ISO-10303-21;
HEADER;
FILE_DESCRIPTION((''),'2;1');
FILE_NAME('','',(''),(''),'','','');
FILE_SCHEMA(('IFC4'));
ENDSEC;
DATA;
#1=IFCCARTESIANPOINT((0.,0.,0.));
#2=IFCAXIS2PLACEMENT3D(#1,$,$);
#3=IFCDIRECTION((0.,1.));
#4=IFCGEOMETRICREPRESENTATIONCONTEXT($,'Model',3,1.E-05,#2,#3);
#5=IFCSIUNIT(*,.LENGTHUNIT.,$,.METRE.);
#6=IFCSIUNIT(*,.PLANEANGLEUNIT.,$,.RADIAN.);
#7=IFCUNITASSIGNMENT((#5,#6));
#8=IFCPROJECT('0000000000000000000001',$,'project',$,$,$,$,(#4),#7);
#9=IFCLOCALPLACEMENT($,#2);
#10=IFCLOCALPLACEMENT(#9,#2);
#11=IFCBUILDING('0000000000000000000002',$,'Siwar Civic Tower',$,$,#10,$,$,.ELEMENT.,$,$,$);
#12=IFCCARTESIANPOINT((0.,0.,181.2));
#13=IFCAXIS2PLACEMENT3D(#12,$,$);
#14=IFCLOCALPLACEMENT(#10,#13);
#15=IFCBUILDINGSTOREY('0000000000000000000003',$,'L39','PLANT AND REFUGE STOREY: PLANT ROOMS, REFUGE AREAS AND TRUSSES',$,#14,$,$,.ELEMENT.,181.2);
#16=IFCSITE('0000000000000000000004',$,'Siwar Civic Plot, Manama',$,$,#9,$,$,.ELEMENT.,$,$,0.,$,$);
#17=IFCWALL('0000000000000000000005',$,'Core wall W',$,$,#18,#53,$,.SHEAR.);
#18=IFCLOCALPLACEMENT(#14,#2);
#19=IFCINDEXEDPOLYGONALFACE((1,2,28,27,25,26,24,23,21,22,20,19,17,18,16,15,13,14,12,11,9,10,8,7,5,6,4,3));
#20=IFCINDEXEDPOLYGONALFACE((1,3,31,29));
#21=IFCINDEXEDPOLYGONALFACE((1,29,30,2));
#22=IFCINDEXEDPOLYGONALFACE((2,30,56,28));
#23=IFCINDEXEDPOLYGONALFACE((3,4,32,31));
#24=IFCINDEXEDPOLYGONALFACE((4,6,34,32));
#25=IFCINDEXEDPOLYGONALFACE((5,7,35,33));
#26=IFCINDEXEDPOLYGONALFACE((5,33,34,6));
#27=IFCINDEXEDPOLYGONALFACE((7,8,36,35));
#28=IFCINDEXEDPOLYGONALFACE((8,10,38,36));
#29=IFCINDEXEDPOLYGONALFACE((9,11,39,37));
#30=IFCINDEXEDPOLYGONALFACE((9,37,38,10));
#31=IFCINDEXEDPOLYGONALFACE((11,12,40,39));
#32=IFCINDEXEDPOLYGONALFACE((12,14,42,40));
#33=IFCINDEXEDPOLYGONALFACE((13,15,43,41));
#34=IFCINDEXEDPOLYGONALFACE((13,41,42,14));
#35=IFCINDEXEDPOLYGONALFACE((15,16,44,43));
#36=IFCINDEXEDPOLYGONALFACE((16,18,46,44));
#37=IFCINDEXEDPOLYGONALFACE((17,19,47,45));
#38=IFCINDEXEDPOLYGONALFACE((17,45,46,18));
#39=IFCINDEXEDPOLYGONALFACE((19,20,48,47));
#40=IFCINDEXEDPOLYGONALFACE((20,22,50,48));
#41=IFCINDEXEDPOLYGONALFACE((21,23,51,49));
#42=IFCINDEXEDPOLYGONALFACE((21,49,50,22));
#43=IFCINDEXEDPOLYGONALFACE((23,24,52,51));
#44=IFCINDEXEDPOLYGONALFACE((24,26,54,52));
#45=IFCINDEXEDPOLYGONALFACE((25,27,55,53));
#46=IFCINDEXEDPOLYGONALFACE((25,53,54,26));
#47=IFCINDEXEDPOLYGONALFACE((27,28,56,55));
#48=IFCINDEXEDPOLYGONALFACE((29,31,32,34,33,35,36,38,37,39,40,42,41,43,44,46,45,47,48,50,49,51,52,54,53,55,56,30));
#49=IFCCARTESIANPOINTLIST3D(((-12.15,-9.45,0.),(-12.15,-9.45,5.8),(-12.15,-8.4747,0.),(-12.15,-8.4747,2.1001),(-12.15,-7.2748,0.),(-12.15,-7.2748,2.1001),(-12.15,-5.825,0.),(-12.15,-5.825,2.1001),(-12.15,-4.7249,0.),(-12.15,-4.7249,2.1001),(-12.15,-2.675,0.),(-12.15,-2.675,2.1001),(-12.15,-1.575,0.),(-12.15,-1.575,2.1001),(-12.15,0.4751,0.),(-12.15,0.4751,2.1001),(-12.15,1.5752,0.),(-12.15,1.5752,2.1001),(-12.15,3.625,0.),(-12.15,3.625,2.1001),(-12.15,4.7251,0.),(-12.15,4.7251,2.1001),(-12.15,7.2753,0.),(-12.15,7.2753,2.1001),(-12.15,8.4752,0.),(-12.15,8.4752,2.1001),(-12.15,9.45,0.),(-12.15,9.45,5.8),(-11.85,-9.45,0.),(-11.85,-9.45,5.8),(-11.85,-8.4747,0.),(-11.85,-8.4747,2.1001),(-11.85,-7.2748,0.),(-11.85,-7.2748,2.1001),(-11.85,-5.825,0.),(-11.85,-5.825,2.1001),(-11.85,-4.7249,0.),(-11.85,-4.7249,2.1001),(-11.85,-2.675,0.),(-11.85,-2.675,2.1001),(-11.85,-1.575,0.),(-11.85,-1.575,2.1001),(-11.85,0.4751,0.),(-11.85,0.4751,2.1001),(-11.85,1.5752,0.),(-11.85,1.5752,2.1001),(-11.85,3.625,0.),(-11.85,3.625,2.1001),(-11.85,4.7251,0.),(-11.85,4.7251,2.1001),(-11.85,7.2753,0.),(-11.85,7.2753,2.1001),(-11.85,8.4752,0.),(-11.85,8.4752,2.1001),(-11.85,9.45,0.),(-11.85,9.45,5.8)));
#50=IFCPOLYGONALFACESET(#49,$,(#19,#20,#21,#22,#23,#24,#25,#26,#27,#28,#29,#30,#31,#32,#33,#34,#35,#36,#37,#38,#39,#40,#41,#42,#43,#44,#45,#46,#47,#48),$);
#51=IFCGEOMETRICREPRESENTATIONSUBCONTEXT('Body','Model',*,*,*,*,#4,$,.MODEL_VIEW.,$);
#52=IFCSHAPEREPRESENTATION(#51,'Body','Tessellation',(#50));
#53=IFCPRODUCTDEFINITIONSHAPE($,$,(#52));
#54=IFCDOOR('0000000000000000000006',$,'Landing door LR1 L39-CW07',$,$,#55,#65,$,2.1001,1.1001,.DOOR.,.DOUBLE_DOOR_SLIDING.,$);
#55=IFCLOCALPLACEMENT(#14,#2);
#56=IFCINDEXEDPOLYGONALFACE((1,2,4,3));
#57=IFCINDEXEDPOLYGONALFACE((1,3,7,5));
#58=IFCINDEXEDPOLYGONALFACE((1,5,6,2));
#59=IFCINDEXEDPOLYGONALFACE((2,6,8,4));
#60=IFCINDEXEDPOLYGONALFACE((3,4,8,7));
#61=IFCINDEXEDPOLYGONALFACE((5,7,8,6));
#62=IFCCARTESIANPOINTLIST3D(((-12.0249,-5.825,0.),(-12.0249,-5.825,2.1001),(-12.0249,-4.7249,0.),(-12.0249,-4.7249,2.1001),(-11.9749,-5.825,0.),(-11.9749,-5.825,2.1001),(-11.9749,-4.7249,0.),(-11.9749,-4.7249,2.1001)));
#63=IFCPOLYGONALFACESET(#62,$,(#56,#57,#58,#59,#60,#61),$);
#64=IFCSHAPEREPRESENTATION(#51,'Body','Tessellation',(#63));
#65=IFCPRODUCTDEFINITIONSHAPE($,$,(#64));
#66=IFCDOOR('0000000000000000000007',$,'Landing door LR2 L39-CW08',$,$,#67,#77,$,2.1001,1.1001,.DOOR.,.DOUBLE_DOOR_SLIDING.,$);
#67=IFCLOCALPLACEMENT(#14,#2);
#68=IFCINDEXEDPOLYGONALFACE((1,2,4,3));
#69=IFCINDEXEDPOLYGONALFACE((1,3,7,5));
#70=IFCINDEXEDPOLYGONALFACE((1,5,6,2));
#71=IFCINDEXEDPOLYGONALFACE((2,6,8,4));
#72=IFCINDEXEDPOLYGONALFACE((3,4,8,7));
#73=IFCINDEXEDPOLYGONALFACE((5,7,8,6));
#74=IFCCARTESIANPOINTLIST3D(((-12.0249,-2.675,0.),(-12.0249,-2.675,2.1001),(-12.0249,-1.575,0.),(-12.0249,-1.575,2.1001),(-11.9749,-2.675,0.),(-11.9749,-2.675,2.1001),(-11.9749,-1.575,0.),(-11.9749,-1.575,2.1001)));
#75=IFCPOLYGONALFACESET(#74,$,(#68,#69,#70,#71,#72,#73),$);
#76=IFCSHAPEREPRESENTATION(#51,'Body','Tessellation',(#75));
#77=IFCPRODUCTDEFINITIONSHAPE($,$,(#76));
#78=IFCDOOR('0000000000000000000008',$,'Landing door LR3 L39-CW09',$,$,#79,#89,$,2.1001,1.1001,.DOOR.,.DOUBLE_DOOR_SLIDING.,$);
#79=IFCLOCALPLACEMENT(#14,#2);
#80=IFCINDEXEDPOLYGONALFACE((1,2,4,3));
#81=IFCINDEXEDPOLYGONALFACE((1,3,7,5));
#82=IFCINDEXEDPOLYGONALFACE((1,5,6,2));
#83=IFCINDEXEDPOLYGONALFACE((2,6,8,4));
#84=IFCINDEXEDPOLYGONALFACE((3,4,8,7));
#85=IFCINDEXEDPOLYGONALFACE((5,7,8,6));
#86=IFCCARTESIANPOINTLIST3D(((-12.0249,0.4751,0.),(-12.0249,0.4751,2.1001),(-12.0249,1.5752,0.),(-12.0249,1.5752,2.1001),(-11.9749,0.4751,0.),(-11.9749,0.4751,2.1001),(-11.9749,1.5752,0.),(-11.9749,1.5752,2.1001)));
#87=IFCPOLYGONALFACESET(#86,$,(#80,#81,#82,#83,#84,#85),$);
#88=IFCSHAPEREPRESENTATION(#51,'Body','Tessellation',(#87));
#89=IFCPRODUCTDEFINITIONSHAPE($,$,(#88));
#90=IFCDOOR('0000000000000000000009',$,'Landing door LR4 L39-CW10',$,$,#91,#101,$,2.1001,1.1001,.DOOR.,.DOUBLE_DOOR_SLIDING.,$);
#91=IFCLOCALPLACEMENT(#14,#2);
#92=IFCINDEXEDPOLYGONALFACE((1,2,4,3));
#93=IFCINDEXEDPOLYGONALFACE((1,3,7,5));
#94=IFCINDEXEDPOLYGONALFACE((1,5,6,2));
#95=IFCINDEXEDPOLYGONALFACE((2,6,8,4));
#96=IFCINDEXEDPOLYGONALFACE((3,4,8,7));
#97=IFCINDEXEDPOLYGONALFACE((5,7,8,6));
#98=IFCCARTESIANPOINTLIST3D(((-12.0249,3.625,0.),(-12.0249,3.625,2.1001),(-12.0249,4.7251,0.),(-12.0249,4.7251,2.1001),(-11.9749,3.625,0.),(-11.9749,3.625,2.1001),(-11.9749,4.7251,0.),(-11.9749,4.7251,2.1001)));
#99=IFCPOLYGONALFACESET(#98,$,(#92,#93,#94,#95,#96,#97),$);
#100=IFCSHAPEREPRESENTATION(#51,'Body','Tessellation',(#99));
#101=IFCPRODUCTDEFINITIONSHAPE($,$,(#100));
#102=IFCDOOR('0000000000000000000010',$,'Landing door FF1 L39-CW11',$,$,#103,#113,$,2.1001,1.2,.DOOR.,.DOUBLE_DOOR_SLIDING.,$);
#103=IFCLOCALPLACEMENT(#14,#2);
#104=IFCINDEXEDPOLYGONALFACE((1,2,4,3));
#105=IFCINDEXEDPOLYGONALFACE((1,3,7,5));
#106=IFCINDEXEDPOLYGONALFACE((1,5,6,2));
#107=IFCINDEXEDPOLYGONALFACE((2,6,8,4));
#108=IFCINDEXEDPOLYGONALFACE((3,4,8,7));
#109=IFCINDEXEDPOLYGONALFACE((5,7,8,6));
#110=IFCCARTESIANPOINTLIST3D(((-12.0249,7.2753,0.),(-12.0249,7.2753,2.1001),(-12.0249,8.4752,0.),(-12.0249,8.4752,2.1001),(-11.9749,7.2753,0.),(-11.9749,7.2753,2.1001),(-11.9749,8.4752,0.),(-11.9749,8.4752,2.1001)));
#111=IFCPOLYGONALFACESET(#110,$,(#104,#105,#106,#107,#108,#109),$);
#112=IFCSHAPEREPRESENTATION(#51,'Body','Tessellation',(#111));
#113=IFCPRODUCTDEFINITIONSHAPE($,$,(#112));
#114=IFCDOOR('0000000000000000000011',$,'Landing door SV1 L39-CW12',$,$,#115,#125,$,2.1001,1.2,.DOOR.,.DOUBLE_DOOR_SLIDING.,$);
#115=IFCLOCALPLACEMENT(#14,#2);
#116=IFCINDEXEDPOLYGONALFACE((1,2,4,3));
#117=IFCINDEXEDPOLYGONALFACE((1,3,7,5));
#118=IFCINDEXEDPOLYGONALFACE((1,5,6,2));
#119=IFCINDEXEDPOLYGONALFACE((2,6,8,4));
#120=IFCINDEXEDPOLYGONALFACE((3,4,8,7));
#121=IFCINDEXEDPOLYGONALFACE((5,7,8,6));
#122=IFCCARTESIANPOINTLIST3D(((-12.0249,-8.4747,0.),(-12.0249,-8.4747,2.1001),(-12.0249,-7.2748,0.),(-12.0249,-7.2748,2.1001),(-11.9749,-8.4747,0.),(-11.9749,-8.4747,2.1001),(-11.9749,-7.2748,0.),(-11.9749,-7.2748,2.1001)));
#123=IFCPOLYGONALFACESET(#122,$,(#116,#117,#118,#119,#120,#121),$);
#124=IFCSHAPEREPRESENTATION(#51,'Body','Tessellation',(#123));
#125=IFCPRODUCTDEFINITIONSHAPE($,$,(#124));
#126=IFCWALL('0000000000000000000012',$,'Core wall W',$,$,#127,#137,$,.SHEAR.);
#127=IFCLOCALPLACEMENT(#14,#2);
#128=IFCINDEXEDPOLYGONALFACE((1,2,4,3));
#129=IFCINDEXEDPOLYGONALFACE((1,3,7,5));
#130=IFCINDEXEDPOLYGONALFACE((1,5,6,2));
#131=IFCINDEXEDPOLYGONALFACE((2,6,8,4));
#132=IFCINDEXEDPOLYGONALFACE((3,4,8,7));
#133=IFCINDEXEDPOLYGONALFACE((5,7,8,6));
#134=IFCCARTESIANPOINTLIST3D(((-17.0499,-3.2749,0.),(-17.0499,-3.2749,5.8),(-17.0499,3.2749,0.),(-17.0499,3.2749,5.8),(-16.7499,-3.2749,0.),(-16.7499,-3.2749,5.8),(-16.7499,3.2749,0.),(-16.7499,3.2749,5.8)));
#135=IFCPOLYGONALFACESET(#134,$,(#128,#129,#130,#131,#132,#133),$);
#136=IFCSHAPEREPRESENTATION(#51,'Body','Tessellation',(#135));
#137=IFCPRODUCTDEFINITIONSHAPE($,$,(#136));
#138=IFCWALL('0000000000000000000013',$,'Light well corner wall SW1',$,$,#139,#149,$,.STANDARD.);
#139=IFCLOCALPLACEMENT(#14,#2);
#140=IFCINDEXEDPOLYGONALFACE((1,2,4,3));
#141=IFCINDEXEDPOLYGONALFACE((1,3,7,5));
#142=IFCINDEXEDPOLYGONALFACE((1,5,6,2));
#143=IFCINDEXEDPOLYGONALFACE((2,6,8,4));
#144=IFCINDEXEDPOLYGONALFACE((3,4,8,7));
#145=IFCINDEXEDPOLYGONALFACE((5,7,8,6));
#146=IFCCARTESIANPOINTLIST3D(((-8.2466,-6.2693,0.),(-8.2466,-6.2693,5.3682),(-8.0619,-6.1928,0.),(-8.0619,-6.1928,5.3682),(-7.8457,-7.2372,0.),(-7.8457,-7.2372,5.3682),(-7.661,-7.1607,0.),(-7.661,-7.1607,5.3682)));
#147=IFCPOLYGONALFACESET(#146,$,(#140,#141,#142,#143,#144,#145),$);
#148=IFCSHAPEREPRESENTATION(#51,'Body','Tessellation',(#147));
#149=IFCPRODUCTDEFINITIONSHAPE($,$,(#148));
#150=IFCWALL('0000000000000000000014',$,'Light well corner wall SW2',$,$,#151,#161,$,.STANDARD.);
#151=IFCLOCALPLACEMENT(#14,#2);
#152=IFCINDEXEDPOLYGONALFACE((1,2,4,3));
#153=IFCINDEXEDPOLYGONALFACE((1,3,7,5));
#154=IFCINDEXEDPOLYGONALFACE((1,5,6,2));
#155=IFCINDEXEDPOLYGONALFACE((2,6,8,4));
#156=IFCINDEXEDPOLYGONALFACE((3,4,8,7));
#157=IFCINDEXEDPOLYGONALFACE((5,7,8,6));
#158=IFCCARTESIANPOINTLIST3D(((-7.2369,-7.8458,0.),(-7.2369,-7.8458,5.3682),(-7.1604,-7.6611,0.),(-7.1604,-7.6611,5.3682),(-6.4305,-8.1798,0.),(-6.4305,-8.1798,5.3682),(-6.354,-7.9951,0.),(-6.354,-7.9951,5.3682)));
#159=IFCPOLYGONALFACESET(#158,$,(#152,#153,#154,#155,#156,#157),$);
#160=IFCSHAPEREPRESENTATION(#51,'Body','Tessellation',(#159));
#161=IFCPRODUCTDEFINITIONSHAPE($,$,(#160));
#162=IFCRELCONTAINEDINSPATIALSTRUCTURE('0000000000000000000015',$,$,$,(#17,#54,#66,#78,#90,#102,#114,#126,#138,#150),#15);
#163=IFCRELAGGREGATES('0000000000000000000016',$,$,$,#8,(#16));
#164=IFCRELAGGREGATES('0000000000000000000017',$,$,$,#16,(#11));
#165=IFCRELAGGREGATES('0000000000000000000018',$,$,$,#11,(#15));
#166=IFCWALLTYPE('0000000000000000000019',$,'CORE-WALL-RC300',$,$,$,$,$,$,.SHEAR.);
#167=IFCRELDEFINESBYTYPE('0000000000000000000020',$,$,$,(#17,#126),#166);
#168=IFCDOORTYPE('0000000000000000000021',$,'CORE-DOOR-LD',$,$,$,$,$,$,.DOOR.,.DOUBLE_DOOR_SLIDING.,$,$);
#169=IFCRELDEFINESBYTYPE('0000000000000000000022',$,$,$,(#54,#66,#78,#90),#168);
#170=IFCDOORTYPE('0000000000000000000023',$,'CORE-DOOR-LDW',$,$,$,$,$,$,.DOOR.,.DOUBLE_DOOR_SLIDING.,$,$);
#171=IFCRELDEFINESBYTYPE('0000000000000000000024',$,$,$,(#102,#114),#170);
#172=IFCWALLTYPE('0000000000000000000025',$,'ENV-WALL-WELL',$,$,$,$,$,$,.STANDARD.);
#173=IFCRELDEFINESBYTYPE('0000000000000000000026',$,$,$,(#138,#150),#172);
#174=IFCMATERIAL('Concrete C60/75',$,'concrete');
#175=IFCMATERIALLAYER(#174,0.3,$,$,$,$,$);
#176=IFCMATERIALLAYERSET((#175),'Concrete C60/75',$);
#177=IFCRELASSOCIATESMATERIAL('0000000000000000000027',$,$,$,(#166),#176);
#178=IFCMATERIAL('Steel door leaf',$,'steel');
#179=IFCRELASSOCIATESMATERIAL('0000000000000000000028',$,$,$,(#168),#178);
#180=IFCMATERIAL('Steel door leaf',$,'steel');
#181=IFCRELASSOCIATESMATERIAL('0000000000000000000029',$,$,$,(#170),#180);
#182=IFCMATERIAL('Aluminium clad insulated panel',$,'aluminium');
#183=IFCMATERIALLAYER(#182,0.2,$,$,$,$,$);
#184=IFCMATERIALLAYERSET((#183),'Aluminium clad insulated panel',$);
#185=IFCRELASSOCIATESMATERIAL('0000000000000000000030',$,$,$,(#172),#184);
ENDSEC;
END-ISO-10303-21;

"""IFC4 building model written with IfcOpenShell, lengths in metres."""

from ifc_helpers import new_model, si_unit, direction, frame, frame_2d, origin, place, context, subcontext, project, spatial, rectangle, extrude, material, layer, layer_set, type_object, element, fill, save


model = new_model("IFC4")

# Units and contexts
model_context = context("Model", 3, precision=1e-05, world=origin(), true_north=direction((0.0, 1.0)))
body_context = subcontext(model_context, "Body", "Model", "MODEL_VIEW")
ifc_project = project(units=[si_unit("LENGTHUNIT", "METRE"), si_unit("PLANEANGLEUNIT", "RADIAN")], contexts=[model_context])

# Site, building, storey
site_placement = place(None, origin())
site = spatial("IfcSite", under=ifc_project, at=site_placement, Name="Siwar Civic Plot, Manama", CompositionType="ELEMENT", RefElevation=0.0)
building_placement = place(site_placement, origin())
building = spatial("IfcBuilding", under=site, at=building_placement, Name="Siwar Civic Tower", CompositionType="ELEMENT")
storey_placement = place(building_placement, frame((0.0, 0.0, 181.2)))
storey = spatial("IfcBuildingStorey", under=building, at=storey_placement, Name="L39", Description="PLANT AND REFUGE STOREY: PLANT ROOMS, REFUGE AREAS AND TRUSSES", CompositionType="ELEMENT", Elevation=181.2)

# Wall, openings, doors
ifc_material_1 = material(Name="Concrete C60/75", Category="concrete")
ifc_layer_1 = layer(ifc_material_1, 0.3)
ifc_layer_set_1 = layer_set([ifc_layer_1], Name="Concrete C60/75")
wall_type_1 = type_object("IfcWallType", Name="CORE-WALL-RC300", PredefinedType="SHEAR", material=ifc_layer_set_1)
wall_1_placement = place(storey_placement, frame((-12.0, -9.45, 0.0), z_axis=(0.0, 0.0, 1.0), x_axis=(0.0, 1.0, 0.0)))
wall_1 = element("IfcWall", 1, at=wall_1_placement, inside=storey, type_object=wall_type_1, Name="Core wall W", PredefinedType="SHEAR", context=body_context, shape_type="SweptSolid", body=[
    extrude(rectangle(XDim=18.8999, YDim=0.3, at=frame_2d((9.45, 0.0))), origin(), (0.0, 0.0, 1.0), 5.8),
])
opening_1_placement = place(wall_1_placement, frame((3.625, 0.0, 0.0)))
opening_1 = element("IfcOpeningElement", 2, at=opening_1_placement, cuts=wall_1, PredefinedType="OPENING", context=body_context, shape_type="SweptSolid", body=[
    extrude(rectangle(XDim=1.1001, YDim=2.1001, at=frame_2d((0.55, 1.05))), frame((0.0, 0.1602, 0.0), z_axis=(0.0, -1.0, 0.0), x_axis=(1.0, 0.0, 0.0)), (0.0, 0.0, 1.0), 0.3201),
])
opening_2_placement = place(wall_1_placement, frame((6.7749, 0.0, 0.0)))
opening_2 = element("IfcOpeningElement", 3, at=opening_2_placement, cuts=wall_1, PredefinedType="OPENING", context=body_context, shape_type="SweptSolid", body=[
    extrude(rectangle(XDim=1.1001, YDim=2.1001, at=frame_2d((0.55, 1.05))), frame((0.0, 0.1602, 0.0), z_axis=(0.0, -1.0, 0.0), x_axis=(1.0, 0.0, 0.0)), (0.0, 0.0, 1.0), 0.3201),
])
opening_3_placement = place(wall_1_placement, frame((9.925, 0.0, 0.0)))
opening_3 = element("IfcOpeningElement", 4, at=opening_3_placement, cuts=wall_1, PredefinedType="OPENING", context=body_context, shape_type="SweptSolid", body=[
    extrude(rectangle(XDim=1.1001, YDim=2.1001, at=frame_2d((0.55, 1.05))), frame((0.0, 0.1602, 0.0), z_axis=(0.0, -1.0, 0.0), x_axis=(1.0, 0.0, 0.0)), (0.0, 0.0, 1.0), 0.3201),
])
opening_4_placement = place(wall_1_placement, frame((13.075, 0.0, 0.0)))
opening_4 = element("IfcOpeningElement", 5, at=opening_4_placement, cuts=wall_1, PredefinedType="OPENING", context=body_context, shape_type="SweptSolid", body=[
    extrude(rectangle(XDim=1.1001, YDim=2.1001, at=frame_2d((0.55, 1.05))), frame((0.0, 0.1602, 0.0), z_axis=(0.0, -1.0, 0.0), x_axis=(1.0, 0.0, 0.0)), (0.0, 0.0, 1.0), 0.3201),
])
opening_5_placement = place(wall_1_placement, frame((16.7251, 0.0, 0.0)))
opening_5 = element("IfcOpeningElement", 6, at=opening_5_placement, cuts=wall_1, PredefinedType="OPENING", context=body_context, shape_type="SweptSolid", body=[
    extrude(rectangle(XDim=1.2, YDim=2.1001, at=frame_2d((0.6001, 1.05))), frame((0.0, 0.1602, 0.0), z_axis=(0.0, -1.0, 0.0), x_axis=(1.0, 0.0, 0.0)), (0.0, 0.0, 1.0), 0.3201),
])
opening_6_placement = place(wall_1_placement, frame((0.9751, 0.0, 0.0)))
opening_6 = element("IfcOpeningElement", 7, at=opening_6_placement, cuts=wall_1, PredefinedType="OPENING", context=body_context, shape_type="SweptSolid", body=[
    extrude(rectangle(XDim=1.2, YDim=2.1001, at=frame_2d((0.6001, 1.05))), frame((0.0, 0.1602, 0.0), z_axis=(0.0, -1.0, 0.0), x_axis=(1.0, 0.0, 0.0)), (0.0, 0.0, 1.0), 0.3201),
])
ifc_material_2 = material(Name="Steel door leaf", Category="steel")
door_type_1 = type_object("IfcDoorType", Name="CORE-DOOR-LD", OperationType="DOUBLE_DOOR_SLIDING", PredefinedType="DOOR", material=ifc_material_2)
door_1_placement = place(opening_1_placement, origin())
door_1 = element("IfcDoor", 8, at=door_1_placement, inside=storey, type_object=door_type_1, Name="Landing door LR1 L39-CW07", OperationType="DOUBLE_DOOR_SLIDING", OverallHeight=2.1001, OverallWidth=1.1001, PredefinedType="DOOR", context=body_context, shape_type="SweptSolid", body=[
    extrude(rectangle(XDim=1.1001, YDim=2.1001, at=frame_2d((0.55, 1.05))), frame((0.0, 0.0249, 0.0), z_axis=(0.0, -1.0, 0.0), x_axis=(1.0, 0.0, 0.0)), (0.0, 0.0, 1.0), 0.05),
])
fill(opening_1, door_1)
door_2_placement = place(opening_2_placement, origin())
door_2 = element("IfcDoor", 9, at=door_2_placement, inside=storey, type_object=door_type_1, Name="Landing door LR2 L39-CW08", OperationType="DOUBLE_DOOR_SLIDING", OverallHeight=2.1001, OverallWidth=1.1001, PredefinedType="DOOR", context=body_context, shape_type="SweptSolid", body=[
    extrude(rectangle(XDim=1.1001, YDim=2.1001, at=frame_2d((0.55, 1.05))), frame((0.0, 0.0249, 0.0), z_axis=(0.0, -1.0, 0.0), x_axis=(1.0, 0.0, 0.0)), (0.0, 0.0, 1.0), 0.05),
])
fill(opening_2, door_2)
door_3_placement = place(opening_3_placement, origin())
door_3 = element("IfcDoor", 10, at=door_3_placement, inside=storey, type_object=door_type_1, Name="Landing door LR3 L39-CW09", OperationType="DOUBLE_DOOR_SLIDING", OverallHeight=2.1001, OverallWidth=1.1001, PredefinedType="DOOR", context=body_context, shape_type="SweptSolid", body=[
    extrude(rectangle(XDim=1.1001, YDim=2.1001, at=frame_2d((0.55, 1.05))), frame((0.0, 0.0249, 0.0), z_axis=(0.0, -1.0, 0.0), x_axis=(1.0, 0.0, 0.0)), (0.0, 0.0, 1.0), 0.05),
])
fill(opening_3, door_3)
door_4_placement = place(opening_4_placement, origin())
door_4 = element("IfcDoor", 11, at=door_4_placement, inside=storey, type_object=door_type_1, Name="Landing door LR4 L39-CW10", OperationType="DOUBLE_DOOR_SLIDING", OverallHeight=2.1001, OverallWidth=1.1001, PredefinedType="DOOR", context=body_context, shape_type="SweptSolid", body=[
    extrude(rectangle(XDim=1.1001, YDim=2.1001, at=frame_2d((0.55, 1.05))), frame((0.0, 0.0249, 0.0), z_axis=(0.0, -1.0, 0.0), x_axis=(1.0, 0.0, 0.0)), (0.0, 0.0, 1.0), 0.05),
])
fill(opening_4, door_4)
ifc_material_3 = material(Name="Steel door leaf", Category="steel")
door_type_2 = type_object("IfcDoorType", Name="CORE-DOOR-LDW", OperationType="DOUBLE_DOOR_SLIDING", PredefinedType="DOOR", material=ifc_material_3)
door_5_placement = place(opening_5_placement, origin())
door_5 = element("IfcDoor", 12, at=door_5_placement, inside=storey, type_object=door_type_2, Name="Landing door FF1 L39-CW11", OperationType="DOUBLE_DOOR_SLIDING", OverallHeight=2.1001, OverallWidth=1.2, PredefinedType="DOOR", context=body_context, shape_type="SweptSolid", body=[
    extrude(rectangle(XDim=1.2, YDim=2.1001, at=frame_2d((0.6001, 1.05))), frame((0.0, 0.0249, 0.0), z_axis=(0.0, -1.0, 0.0), x_axis=(1.0, 0.0, 0.0)), (0.0, 0.0, 1.0), 0.05),
])
fill(opening_5, door_5)
door_6_placement = place(opening_6_placement, origin())
door_6 = element("IfcDoor", 13, at=door_6_placement, inside=storey, type_object=door_type_2, Name="Landing door SV1 L39-CW12", OperationType="DOUBLE_DOOR_SLIDING", OverallHeight=2.1001, OverallWidth=1.2, PredefinedType="DOOR", context=body_context, shape_type="SweptSolid", body=[
    extrude(rectangle(XDim=1.2, YDim=2.1001, at=frame_2d((0.6001, 1.05))), frame((0.0, 0.0249, 0.0), z_axis=(0.0, -1.0, 0.0), x_axis=(1.0, 0.0, 0.0)), (0.0, 0.0, 1.0), 0.05),
])
fill(opening_6, door_6)

# Walls
wall_2_placement = place(storey_placement, frame((-16.8999, -3.2749, 0.0), z_axis=(0.0, 0.0, 1.0), x_axis=(0.0, 1.0, 0.0)))
element("IfcWall", 14, at=wall_2_placement, inside=storey, type_object=wall_type_1, Name="Core wall W", PredefinedType="SHEAR", context=body_context, shape_type="SweptSolid", body=[
    extrude(rectangle(XDim=6.5498, YDim=0.3, at=frame_2d((3.2749, 0.0))), origin(), (0.0, 0.0, 1.0), 5.8),
])
ifc_material_4 = material(Name="Aluminium clad insulated panel", Category="aluminium")
ifc_layer_2 = layer(ifc_material_4, 0.2)
ifc_layer_set_2 = layer_set([ifc_layer_2], Name="Aluminium clad insulated panel")
wall_type_2 = type_object("IfcWallType", Name="ENV-WALL-WELL", PredefinedType="STANDARD", material=ifc_layer_set_2)
wall_3_placement = place(storey_placement, frame((-8.1543, -6.231, 0.0), z_axis=(0.0, 0.0, 1.0), x_axis=(0.382695, -0.923875, 0.0)))
element("IfcWall", 15, at=wall_3_placement, inside=storey, type_object=wall_type_2, Name="Light well corner wall SW1", PredefinedType="STANDARD", context=body_context, shape_type="SweptSolid", body=[
    extrude(rectangle(XDim=1.0476, YDim=0.2, at=frame_2d((0.5239, 0.0))), origin(), (0.0, 0.0, 1.0), 5.3682),
])
wall_4_placement = place(storey_placement, frame((-7.1987, -7.7534, 0.0), z_axis=(0.0, 0.0, 1.0), x_axis=(0.923894, -0.382648, 0.0)))
element("IfcWall", 16, at=wall_4_placement, inside=storey, type_object=wall_type_2, Name="Light well corner wall SW2", PredefinedType="STANDARD", context=body_context, shape_type="SweptSolid", body=[
    extrude(rectangle(XDim=0.8728, YDim=0.2, at=frame_2d((0.4365, 0.0))), origin(), (0.0, 0.0, 1.0), 5.3682),
])

save(model, "model.ifc")
